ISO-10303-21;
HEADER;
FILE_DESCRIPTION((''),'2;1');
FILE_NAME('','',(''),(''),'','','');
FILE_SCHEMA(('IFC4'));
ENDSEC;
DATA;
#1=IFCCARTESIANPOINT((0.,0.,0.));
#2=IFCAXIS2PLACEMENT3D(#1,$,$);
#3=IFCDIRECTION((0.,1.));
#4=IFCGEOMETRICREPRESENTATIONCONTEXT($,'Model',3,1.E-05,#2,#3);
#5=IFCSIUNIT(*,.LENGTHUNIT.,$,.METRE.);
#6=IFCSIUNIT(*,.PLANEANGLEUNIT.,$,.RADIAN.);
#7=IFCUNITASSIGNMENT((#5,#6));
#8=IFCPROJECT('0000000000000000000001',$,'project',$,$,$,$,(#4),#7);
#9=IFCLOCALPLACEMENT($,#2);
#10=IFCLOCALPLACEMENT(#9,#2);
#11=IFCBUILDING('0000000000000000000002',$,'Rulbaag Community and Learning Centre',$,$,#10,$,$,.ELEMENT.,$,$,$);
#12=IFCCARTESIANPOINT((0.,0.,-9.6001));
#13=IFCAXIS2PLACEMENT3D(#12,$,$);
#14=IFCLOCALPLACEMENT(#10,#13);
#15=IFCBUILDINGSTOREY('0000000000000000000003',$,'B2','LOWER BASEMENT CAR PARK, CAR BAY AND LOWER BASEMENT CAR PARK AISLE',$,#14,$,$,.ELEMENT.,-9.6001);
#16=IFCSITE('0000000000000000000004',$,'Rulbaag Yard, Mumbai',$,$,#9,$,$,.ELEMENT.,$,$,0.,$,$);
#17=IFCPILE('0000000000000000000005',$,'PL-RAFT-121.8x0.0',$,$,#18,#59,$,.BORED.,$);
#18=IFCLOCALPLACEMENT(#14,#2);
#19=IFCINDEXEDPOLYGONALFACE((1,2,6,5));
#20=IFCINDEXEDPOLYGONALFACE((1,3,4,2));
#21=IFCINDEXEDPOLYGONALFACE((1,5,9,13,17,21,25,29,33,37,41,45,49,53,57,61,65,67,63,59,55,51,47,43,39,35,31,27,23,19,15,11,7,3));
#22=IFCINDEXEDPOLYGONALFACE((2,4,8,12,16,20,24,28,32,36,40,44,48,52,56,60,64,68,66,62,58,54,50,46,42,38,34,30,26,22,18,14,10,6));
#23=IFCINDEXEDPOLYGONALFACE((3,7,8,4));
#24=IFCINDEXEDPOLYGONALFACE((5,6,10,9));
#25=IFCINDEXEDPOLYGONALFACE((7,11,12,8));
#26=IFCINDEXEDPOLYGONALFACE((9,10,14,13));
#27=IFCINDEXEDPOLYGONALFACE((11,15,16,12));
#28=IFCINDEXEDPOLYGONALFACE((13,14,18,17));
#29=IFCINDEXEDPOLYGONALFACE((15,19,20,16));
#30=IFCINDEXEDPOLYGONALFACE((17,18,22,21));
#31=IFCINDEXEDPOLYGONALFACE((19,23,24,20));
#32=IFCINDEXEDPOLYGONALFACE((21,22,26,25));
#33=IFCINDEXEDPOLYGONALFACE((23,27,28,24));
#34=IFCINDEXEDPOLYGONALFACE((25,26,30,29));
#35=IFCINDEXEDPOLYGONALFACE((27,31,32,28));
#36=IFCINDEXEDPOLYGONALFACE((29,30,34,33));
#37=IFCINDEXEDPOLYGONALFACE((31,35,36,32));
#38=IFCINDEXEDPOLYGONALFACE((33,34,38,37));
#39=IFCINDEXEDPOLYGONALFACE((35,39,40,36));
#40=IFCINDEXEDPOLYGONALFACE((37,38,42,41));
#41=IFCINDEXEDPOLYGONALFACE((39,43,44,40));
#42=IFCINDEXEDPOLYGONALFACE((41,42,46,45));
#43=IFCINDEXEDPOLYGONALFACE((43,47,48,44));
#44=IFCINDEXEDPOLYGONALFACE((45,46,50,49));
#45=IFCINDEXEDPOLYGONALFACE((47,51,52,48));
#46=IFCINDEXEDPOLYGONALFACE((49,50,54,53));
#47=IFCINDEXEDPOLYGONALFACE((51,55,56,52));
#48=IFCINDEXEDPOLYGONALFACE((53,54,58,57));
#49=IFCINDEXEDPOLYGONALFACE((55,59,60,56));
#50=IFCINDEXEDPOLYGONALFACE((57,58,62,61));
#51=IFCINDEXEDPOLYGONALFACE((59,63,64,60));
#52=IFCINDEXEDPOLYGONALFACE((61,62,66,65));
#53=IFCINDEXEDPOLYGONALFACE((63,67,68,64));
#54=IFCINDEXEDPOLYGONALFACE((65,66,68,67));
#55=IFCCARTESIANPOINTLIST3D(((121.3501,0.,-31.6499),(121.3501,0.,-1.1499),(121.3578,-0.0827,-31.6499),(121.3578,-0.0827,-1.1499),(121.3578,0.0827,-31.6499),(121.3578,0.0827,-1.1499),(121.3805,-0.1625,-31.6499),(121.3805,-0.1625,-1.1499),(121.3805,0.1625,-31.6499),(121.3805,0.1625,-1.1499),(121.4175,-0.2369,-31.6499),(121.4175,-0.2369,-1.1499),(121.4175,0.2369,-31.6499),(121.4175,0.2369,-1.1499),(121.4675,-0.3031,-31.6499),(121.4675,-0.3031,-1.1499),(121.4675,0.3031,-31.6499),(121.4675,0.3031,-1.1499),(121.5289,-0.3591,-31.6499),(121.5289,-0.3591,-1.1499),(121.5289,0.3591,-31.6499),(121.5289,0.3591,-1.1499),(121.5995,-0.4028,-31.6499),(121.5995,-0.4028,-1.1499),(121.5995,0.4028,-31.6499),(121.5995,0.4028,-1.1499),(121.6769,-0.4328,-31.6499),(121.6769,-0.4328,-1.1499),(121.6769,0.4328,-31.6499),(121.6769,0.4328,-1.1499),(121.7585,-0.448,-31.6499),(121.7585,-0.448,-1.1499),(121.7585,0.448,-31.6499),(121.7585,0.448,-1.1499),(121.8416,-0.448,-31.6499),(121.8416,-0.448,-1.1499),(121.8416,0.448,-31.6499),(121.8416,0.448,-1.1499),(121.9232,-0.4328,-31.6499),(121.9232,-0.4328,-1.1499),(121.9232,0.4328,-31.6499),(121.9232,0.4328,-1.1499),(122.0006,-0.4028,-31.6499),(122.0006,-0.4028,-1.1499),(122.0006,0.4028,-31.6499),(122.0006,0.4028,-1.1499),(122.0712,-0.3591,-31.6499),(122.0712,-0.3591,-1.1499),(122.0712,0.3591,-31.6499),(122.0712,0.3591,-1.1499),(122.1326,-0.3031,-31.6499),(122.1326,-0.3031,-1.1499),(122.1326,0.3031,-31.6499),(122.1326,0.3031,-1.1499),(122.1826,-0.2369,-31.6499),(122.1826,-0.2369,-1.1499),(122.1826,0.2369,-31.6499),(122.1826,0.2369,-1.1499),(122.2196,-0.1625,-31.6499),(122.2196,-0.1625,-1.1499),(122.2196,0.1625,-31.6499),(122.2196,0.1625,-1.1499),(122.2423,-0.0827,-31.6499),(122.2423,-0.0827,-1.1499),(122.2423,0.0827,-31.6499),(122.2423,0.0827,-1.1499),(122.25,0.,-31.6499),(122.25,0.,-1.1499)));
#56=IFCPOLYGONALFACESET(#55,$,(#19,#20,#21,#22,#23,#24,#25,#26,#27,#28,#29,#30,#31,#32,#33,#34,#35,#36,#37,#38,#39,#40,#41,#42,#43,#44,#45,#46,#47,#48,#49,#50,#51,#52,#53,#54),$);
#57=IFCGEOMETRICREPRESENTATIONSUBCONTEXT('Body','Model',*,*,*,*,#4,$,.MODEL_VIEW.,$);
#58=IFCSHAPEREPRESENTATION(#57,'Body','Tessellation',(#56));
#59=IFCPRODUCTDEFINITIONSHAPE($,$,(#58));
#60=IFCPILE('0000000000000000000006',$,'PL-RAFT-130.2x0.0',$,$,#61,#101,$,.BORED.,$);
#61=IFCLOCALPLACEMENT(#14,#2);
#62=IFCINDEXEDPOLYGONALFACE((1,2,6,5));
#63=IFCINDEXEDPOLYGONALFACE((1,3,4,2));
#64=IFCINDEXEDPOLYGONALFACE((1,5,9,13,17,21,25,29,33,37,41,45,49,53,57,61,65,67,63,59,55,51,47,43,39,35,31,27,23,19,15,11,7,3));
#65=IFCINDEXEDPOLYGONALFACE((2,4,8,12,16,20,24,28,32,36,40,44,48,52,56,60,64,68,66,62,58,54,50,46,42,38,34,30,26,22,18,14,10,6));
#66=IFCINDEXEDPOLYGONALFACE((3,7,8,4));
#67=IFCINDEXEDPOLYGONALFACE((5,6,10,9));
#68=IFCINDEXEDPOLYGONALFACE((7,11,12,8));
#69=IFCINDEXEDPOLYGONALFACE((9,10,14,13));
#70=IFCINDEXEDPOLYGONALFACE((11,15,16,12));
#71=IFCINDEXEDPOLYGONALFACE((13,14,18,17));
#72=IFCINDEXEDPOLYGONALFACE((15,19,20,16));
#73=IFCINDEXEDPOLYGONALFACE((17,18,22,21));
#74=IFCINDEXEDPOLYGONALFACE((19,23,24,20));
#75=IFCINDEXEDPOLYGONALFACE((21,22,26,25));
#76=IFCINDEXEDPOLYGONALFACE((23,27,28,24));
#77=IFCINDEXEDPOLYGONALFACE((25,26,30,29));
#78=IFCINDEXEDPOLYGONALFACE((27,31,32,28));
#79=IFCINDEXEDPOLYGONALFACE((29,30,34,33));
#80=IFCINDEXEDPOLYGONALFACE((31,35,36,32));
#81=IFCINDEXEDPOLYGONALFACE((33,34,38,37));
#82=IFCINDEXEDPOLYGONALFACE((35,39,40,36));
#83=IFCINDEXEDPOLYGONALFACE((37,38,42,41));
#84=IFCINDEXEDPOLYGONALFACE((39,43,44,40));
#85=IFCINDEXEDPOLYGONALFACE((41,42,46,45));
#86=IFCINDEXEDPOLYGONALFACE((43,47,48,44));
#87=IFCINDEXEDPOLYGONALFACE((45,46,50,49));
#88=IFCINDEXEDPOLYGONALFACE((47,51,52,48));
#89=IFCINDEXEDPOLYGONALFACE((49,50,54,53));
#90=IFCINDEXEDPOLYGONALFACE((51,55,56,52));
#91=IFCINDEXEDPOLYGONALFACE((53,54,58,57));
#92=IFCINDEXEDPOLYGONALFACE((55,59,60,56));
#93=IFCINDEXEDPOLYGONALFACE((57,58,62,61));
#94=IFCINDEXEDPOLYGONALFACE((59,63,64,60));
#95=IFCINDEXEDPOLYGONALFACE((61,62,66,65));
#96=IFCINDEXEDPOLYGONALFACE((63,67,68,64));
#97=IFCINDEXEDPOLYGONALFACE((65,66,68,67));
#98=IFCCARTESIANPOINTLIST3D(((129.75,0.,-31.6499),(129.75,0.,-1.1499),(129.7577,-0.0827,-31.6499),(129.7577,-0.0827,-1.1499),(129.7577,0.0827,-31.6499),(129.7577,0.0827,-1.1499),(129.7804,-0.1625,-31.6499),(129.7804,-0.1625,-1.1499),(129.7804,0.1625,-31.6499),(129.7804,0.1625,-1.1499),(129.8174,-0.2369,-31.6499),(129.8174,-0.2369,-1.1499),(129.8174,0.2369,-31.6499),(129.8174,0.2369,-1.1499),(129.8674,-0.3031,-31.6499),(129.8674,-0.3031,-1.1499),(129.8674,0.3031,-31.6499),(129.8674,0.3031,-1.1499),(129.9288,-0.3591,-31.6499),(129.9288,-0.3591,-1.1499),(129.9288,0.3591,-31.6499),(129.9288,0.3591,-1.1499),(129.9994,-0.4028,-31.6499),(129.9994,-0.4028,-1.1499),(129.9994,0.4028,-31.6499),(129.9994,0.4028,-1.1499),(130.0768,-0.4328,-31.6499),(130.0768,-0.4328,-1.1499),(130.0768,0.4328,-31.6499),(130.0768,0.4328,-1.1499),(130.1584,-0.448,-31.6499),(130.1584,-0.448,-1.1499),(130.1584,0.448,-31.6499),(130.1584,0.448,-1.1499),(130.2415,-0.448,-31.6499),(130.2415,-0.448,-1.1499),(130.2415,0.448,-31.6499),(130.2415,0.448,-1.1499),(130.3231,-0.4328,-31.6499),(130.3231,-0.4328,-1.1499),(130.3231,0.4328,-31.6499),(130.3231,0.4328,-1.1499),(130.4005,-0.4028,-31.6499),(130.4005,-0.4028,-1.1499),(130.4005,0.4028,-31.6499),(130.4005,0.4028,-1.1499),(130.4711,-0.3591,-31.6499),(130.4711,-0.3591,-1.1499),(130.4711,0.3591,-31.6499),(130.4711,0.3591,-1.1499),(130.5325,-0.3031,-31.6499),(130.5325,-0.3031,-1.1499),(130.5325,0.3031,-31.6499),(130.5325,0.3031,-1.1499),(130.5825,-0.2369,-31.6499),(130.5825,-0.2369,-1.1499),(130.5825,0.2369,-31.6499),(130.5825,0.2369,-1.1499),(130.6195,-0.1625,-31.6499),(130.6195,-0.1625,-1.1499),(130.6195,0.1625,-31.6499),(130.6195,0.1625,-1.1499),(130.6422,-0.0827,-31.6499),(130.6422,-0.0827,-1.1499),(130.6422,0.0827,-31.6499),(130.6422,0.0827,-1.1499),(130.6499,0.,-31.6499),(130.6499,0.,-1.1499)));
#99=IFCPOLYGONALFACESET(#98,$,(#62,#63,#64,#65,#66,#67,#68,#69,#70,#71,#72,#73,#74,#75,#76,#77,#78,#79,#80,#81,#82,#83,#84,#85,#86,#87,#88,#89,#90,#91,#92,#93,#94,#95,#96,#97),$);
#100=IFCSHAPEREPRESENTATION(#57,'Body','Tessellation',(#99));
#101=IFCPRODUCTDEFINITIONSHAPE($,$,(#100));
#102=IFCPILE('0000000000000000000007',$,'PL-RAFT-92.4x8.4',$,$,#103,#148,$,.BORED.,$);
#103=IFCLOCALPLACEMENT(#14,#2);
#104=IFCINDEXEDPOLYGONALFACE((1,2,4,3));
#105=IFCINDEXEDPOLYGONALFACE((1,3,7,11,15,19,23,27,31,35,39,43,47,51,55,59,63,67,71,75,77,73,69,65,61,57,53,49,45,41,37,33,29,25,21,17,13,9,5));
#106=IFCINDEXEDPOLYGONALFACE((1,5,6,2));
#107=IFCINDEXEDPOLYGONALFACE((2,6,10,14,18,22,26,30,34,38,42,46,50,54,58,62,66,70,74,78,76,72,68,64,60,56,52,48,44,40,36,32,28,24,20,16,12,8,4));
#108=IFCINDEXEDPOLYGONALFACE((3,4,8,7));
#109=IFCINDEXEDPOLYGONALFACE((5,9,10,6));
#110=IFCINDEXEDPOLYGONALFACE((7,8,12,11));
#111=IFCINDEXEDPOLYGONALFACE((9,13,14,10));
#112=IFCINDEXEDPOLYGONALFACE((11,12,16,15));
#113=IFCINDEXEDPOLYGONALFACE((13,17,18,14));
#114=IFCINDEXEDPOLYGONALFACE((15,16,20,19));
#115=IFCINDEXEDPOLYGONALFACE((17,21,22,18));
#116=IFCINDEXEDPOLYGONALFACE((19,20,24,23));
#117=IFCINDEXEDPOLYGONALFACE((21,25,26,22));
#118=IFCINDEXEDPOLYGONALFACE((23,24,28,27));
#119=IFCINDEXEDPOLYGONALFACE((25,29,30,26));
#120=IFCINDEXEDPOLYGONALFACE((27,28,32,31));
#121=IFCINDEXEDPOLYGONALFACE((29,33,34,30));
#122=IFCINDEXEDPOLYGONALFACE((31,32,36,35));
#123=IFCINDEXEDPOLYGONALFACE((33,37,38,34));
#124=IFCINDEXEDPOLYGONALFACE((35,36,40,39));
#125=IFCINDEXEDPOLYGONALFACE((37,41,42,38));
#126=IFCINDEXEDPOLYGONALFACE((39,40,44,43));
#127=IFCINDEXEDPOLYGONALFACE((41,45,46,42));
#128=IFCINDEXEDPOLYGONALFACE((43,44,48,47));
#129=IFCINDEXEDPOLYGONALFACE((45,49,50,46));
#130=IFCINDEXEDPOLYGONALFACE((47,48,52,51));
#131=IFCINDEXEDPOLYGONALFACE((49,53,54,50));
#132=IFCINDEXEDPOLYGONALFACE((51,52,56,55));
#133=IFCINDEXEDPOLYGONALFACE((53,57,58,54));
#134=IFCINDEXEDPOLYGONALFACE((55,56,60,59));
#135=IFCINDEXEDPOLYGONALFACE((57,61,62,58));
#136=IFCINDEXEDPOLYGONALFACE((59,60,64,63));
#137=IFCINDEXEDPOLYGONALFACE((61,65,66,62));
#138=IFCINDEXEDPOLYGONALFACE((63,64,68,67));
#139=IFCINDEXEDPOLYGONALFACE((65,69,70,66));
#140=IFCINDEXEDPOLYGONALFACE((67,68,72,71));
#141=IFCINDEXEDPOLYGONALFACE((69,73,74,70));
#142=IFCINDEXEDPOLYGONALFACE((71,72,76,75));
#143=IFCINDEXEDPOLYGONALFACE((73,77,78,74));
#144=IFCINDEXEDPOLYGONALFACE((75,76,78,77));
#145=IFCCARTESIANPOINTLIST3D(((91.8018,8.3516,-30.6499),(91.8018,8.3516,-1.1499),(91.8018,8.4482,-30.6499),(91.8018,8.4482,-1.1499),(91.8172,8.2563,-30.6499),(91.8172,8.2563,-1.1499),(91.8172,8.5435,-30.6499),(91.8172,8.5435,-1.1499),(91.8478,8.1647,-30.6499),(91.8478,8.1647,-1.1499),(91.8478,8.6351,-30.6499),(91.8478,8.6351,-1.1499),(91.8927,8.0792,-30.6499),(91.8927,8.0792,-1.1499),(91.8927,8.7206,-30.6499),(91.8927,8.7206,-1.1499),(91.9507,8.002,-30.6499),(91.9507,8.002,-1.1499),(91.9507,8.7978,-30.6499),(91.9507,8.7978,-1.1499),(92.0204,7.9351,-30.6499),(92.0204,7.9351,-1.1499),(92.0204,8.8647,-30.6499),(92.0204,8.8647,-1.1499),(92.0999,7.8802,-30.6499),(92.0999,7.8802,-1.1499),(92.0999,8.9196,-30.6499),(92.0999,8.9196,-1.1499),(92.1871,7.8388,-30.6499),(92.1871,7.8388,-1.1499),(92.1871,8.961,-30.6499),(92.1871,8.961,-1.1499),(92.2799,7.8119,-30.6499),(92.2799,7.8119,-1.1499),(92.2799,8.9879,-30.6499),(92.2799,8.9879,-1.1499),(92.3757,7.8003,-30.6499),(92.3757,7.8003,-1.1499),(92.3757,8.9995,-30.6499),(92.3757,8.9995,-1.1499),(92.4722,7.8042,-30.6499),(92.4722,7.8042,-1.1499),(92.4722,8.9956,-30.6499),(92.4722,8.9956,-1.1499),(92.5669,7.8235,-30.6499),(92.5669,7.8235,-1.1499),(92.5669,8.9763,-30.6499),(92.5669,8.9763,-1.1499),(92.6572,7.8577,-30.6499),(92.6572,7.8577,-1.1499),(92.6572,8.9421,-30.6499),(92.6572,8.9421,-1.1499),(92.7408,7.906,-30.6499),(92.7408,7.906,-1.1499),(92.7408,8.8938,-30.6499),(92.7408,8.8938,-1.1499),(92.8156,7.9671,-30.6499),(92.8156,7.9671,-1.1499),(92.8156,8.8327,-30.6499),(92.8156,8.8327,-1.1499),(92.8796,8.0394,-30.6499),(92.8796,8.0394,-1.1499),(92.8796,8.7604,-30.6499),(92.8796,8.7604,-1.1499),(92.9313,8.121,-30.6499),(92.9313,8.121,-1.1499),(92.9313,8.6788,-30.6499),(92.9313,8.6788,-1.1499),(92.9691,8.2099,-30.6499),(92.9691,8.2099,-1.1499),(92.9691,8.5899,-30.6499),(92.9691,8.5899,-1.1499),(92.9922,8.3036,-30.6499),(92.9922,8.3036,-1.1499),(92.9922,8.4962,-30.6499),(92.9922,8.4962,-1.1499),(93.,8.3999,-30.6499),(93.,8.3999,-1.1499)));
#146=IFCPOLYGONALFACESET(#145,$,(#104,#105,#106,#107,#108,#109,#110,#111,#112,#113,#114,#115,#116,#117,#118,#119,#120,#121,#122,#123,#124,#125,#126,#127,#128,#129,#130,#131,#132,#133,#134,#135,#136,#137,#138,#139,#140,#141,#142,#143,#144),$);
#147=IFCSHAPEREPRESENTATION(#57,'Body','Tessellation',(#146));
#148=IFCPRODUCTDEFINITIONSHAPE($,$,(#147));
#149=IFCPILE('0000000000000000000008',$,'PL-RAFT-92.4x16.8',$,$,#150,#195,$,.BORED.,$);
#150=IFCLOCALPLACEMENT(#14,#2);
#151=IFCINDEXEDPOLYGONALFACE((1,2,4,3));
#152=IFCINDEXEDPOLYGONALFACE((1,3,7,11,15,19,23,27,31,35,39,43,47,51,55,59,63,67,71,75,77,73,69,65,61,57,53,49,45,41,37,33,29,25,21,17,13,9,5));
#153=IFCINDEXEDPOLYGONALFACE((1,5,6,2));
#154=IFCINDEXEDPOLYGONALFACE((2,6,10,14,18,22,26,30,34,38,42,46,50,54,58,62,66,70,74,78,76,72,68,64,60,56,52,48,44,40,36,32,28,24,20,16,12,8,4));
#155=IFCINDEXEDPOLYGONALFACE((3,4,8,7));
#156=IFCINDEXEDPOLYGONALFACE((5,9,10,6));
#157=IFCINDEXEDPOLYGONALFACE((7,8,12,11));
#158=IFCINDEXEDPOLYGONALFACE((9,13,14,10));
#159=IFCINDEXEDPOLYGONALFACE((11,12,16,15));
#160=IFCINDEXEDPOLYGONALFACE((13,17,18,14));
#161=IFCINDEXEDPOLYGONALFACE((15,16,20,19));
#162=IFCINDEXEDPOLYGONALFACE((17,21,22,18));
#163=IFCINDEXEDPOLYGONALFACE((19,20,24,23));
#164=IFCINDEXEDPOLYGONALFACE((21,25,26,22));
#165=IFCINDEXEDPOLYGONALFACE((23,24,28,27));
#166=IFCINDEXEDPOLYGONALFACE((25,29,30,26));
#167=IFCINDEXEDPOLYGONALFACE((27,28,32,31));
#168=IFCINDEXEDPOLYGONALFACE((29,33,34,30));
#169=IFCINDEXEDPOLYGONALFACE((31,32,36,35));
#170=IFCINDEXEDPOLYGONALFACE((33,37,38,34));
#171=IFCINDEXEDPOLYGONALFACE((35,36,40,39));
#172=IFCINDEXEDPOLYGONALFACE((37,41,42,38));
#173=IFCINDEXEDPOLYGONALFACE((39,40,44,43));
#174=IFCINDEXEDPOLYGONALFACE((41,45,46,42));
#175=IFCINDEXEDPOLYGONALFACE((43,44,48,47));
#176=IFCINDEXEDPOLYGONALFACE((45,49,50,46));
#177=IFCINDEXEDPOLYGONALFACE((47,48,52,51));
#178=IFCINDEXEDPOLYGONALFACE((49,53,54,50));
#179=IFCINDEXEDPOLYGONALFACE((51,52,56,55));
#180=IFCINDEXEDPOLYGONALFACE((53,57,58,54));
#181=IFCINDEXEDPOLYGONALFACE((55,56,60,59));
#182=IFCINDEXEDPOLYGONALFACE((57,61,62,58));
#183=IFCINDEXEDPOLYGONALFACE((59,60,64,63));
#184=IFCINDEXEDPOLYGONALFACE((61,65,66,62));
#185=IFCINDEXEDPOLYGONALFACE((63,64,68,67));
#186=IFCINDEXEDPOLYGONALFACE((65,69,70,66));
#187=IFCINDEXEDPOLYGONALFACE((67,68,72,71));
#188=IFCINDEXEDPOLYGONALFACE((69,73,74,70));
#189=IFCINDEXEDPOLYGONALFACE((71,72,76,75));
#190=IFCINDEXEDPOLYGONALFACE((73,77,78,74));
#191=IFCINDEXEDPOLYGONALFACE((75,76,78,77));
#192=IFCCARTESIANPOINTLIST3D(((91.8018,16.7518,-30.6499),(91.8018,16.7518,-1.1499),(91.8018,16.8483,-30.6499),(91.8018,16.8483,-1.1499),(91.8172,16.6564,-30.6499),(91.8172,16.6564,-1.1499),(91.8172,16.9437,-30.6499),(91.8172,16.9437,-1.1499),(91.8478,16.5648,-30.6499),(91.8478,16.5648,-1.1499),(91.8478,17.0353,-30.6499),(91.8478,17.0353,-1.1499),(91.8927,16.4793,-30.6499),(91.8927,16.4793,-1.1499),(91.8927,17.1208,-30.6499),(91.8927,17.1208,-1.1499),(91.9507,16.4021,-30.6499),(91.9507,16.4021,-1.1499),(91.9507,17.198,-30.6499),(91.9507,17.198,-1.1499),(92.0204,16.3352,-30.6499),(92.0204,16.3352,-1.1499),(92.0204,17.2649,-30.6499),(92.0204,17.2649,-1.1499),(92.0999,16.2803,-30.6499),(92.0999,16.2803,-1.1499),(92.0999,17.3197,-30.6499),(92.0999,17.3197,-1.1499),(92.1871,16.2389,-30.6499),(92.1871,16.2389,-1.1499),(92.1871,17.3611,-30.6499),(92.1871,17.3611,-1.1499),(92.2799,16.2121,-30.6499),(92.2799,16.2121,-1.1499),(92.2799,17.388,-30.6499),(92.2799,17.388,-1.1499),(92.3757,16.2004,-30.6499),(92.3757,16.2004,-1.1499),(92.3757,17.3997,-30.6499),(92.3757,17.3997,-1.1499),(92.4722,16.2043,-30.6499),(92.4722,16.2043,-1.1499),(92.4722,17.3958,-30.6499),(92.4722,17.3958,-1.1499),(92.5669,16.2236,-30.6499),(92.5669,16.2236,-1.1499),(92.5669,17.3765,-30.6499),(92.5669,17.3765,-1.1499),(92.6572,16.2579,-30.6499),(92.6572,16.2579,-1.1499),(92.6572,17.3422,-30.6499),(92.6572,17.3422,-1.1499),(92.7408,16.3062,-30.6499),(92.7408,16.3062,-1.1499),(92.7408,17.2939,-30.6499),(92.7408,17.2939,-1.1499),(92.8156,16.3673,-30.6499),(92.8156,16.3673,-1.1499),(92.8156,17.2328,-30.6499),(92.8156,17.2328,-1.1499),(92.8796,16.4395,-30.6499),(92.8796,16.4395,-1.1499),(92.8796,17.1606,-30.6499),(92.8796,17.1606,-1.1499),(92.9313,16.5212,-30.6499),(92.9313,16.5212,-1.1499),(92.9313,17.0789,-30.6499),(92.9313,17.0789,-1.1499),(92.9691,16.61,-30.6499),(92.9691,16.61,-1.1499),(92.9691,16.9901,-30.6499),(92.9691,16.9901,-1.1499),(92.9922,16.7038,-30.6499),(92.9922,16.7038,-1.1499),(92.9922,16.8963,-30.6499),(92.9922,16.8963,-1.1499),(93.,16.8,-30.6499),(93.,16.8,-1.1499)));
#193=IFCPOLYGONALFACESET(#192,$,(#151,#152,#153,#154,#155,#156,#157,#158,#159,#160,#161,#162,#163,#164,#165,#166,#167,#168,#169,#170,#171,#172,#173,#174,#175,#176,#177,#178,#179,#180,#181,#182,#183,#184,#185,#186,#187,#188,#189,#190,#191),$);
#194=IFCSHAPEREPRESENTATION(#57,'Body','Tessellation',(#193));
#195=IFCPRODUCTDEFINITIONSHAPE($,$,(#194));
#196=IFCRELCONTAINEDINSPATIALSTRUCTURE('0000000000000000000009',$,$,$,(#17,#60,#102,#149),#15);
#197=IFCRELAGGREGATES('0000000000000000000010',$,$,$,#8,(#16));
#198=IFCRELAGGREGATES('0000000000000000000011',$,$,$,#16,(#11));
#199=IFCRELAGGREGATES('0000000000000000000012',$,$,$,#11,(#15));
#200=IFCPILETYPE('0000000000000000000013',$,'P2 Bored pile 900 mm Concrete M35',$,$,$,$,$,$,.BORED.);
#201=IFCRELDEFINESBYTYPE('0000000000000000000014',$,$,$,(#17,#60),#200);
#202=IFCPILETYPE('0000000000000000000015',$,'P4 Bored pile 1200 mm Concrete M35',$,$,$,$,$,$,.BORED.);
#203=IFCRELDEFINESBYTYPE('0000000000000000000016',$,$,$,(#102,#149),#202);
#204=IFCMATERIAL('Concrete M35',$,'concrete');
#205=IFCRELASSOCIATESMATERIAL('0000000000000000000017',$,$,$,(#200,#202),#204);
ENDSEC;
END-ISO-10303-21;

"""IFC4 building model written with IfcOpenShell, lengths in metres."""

from ifc_helpers import new_model, si_unit, direction, frame, origin, origin_2d, place, context, subcontext, project, spatial, circle, extrude, material, material_profile, profile_set, type_object, element, save


model = new_model("IFC4")

# Units and contexts
model_context = context("Model", 3, precision=1e-05, world=origin(), true_north=direction((0.0, 1.0)))
body_context = subcontext(model_context, "Body", "Model", "MODEL_VIEW")
ifc_project = project(units=[si_unit("LENGTHUNIT", "METRE"), si_unit("PLANEANGLEUNIT", "RADIAN")], contexts=[model_context])

# Site, building, storey
site_placement = place(None, origin())
site = spatial("IfcSite", under=ifc_project, at=site_placement, Name="Rulbaag Yard, Mumbai", CompositionType="ELEMENT", RefElevation=0.0)
building_placement = place(site_placement, origin())
building = spatial("IfcBuilding", under=site, at=building_placement, Name="Rulbaag Community and Learning Centre", CompositionType="ELEMENT")
storey_placement = place(building_placement, frame((0.0, 0.0, -9.6001)))
storey = spatial("IfcBuildingStorey", under=building, at=storey_placement, Name="B2", Description="LOWER BASEMENT CAR PARK, CAR BAY AND LOWER BASEMENT CAR PARK AISLE", CompositionType="ELEMENT", Elevation=-9.6001)

# Piles
ifc_material_1 = material(Name="Concrete M35", Category="concrete")
ifc_material_profile_1 = material_profile(ifc_material_1, circle(Radius=0.45, at=origin_2d()), Name="BP900")
ifc_profile_set_1 = profile_set([ifc_material_profile_1], Name="Concrete M35")
pile_type_1 = type_object("IfcPileType", Name="P2 Bored pile 900 mm Concrete M35", PredefinedType="BORED", material=ifc_profile_set_1)
for number, where, z_axis, x_axis, name in (
    (1, (121.8, 0.0, -1.1499), (0.0, 0.0, -1.0), (1.0, 0.0, 0.0), "PL-RAFT-121.8x0.0"),
    (2, (130.2, 0.0, -1.1499), (0.0, 0.0, -1.0), (1.0, 0.0, 0.0), "PL-RAFT-130.2x0.0"),
):
    element("IfcPile", number, at=place(storey_placement, frame(where, z_axis=z_axis, x_axis=x_axis)), inside=storey, type_object=pile_type_1, Name=name, PredefinedType="BORED", context=body_context, shape_type="SweptSolid", body=[
        extrude(circle(Radius=0.45, at=origin_2d()), origin(), (0.0, 0.0, 1.0), 30.5),
    ])
ifc_material_profile_2 = material_profile(ifc_material_1, circle(Radius=0.6001, at=origin_2d()), Name="BP1200")
ifc_profile_set_2 = profile_set([ifc_material_profile_2], Name="Concrete M35")
pile_type_2 = type_object("IfcPileType", Name="P4 Bored pile 1200 mm Concrete M35", PredefinedType="BORED", material=ifc_profile_set_2)
for number, where, z_axis, x_axis, name in (
    (3, (92.3999, 8.3999, -1.1499), (0.0, 0.0, -1.0), (1.0, 0.0, 0.0), "PL-RAFT-92.4x8.4"),
    (4, (92.3999, 16.8, -1.1499), (0.0, 0.0, -1.0), (1.0, 0.0, 0.0), "PL-RAFT-92.4x16.8"),
):
    element("IfcPile", number, at=place(storey_placement, frame(where, z_axis=z_axis, x_axis=x_axis)), inside=storey, type_object=pile_type_2, Name=name, PredefinedType="BORED", context=body_context, shape_type="SweptSolid", body=[
        extrude(circle(Radius=0.6001, at=origin_2d()), origin(), (0.0, 0.0, 1.0), 29.5),
    ])

save(model, "model.ifc")
